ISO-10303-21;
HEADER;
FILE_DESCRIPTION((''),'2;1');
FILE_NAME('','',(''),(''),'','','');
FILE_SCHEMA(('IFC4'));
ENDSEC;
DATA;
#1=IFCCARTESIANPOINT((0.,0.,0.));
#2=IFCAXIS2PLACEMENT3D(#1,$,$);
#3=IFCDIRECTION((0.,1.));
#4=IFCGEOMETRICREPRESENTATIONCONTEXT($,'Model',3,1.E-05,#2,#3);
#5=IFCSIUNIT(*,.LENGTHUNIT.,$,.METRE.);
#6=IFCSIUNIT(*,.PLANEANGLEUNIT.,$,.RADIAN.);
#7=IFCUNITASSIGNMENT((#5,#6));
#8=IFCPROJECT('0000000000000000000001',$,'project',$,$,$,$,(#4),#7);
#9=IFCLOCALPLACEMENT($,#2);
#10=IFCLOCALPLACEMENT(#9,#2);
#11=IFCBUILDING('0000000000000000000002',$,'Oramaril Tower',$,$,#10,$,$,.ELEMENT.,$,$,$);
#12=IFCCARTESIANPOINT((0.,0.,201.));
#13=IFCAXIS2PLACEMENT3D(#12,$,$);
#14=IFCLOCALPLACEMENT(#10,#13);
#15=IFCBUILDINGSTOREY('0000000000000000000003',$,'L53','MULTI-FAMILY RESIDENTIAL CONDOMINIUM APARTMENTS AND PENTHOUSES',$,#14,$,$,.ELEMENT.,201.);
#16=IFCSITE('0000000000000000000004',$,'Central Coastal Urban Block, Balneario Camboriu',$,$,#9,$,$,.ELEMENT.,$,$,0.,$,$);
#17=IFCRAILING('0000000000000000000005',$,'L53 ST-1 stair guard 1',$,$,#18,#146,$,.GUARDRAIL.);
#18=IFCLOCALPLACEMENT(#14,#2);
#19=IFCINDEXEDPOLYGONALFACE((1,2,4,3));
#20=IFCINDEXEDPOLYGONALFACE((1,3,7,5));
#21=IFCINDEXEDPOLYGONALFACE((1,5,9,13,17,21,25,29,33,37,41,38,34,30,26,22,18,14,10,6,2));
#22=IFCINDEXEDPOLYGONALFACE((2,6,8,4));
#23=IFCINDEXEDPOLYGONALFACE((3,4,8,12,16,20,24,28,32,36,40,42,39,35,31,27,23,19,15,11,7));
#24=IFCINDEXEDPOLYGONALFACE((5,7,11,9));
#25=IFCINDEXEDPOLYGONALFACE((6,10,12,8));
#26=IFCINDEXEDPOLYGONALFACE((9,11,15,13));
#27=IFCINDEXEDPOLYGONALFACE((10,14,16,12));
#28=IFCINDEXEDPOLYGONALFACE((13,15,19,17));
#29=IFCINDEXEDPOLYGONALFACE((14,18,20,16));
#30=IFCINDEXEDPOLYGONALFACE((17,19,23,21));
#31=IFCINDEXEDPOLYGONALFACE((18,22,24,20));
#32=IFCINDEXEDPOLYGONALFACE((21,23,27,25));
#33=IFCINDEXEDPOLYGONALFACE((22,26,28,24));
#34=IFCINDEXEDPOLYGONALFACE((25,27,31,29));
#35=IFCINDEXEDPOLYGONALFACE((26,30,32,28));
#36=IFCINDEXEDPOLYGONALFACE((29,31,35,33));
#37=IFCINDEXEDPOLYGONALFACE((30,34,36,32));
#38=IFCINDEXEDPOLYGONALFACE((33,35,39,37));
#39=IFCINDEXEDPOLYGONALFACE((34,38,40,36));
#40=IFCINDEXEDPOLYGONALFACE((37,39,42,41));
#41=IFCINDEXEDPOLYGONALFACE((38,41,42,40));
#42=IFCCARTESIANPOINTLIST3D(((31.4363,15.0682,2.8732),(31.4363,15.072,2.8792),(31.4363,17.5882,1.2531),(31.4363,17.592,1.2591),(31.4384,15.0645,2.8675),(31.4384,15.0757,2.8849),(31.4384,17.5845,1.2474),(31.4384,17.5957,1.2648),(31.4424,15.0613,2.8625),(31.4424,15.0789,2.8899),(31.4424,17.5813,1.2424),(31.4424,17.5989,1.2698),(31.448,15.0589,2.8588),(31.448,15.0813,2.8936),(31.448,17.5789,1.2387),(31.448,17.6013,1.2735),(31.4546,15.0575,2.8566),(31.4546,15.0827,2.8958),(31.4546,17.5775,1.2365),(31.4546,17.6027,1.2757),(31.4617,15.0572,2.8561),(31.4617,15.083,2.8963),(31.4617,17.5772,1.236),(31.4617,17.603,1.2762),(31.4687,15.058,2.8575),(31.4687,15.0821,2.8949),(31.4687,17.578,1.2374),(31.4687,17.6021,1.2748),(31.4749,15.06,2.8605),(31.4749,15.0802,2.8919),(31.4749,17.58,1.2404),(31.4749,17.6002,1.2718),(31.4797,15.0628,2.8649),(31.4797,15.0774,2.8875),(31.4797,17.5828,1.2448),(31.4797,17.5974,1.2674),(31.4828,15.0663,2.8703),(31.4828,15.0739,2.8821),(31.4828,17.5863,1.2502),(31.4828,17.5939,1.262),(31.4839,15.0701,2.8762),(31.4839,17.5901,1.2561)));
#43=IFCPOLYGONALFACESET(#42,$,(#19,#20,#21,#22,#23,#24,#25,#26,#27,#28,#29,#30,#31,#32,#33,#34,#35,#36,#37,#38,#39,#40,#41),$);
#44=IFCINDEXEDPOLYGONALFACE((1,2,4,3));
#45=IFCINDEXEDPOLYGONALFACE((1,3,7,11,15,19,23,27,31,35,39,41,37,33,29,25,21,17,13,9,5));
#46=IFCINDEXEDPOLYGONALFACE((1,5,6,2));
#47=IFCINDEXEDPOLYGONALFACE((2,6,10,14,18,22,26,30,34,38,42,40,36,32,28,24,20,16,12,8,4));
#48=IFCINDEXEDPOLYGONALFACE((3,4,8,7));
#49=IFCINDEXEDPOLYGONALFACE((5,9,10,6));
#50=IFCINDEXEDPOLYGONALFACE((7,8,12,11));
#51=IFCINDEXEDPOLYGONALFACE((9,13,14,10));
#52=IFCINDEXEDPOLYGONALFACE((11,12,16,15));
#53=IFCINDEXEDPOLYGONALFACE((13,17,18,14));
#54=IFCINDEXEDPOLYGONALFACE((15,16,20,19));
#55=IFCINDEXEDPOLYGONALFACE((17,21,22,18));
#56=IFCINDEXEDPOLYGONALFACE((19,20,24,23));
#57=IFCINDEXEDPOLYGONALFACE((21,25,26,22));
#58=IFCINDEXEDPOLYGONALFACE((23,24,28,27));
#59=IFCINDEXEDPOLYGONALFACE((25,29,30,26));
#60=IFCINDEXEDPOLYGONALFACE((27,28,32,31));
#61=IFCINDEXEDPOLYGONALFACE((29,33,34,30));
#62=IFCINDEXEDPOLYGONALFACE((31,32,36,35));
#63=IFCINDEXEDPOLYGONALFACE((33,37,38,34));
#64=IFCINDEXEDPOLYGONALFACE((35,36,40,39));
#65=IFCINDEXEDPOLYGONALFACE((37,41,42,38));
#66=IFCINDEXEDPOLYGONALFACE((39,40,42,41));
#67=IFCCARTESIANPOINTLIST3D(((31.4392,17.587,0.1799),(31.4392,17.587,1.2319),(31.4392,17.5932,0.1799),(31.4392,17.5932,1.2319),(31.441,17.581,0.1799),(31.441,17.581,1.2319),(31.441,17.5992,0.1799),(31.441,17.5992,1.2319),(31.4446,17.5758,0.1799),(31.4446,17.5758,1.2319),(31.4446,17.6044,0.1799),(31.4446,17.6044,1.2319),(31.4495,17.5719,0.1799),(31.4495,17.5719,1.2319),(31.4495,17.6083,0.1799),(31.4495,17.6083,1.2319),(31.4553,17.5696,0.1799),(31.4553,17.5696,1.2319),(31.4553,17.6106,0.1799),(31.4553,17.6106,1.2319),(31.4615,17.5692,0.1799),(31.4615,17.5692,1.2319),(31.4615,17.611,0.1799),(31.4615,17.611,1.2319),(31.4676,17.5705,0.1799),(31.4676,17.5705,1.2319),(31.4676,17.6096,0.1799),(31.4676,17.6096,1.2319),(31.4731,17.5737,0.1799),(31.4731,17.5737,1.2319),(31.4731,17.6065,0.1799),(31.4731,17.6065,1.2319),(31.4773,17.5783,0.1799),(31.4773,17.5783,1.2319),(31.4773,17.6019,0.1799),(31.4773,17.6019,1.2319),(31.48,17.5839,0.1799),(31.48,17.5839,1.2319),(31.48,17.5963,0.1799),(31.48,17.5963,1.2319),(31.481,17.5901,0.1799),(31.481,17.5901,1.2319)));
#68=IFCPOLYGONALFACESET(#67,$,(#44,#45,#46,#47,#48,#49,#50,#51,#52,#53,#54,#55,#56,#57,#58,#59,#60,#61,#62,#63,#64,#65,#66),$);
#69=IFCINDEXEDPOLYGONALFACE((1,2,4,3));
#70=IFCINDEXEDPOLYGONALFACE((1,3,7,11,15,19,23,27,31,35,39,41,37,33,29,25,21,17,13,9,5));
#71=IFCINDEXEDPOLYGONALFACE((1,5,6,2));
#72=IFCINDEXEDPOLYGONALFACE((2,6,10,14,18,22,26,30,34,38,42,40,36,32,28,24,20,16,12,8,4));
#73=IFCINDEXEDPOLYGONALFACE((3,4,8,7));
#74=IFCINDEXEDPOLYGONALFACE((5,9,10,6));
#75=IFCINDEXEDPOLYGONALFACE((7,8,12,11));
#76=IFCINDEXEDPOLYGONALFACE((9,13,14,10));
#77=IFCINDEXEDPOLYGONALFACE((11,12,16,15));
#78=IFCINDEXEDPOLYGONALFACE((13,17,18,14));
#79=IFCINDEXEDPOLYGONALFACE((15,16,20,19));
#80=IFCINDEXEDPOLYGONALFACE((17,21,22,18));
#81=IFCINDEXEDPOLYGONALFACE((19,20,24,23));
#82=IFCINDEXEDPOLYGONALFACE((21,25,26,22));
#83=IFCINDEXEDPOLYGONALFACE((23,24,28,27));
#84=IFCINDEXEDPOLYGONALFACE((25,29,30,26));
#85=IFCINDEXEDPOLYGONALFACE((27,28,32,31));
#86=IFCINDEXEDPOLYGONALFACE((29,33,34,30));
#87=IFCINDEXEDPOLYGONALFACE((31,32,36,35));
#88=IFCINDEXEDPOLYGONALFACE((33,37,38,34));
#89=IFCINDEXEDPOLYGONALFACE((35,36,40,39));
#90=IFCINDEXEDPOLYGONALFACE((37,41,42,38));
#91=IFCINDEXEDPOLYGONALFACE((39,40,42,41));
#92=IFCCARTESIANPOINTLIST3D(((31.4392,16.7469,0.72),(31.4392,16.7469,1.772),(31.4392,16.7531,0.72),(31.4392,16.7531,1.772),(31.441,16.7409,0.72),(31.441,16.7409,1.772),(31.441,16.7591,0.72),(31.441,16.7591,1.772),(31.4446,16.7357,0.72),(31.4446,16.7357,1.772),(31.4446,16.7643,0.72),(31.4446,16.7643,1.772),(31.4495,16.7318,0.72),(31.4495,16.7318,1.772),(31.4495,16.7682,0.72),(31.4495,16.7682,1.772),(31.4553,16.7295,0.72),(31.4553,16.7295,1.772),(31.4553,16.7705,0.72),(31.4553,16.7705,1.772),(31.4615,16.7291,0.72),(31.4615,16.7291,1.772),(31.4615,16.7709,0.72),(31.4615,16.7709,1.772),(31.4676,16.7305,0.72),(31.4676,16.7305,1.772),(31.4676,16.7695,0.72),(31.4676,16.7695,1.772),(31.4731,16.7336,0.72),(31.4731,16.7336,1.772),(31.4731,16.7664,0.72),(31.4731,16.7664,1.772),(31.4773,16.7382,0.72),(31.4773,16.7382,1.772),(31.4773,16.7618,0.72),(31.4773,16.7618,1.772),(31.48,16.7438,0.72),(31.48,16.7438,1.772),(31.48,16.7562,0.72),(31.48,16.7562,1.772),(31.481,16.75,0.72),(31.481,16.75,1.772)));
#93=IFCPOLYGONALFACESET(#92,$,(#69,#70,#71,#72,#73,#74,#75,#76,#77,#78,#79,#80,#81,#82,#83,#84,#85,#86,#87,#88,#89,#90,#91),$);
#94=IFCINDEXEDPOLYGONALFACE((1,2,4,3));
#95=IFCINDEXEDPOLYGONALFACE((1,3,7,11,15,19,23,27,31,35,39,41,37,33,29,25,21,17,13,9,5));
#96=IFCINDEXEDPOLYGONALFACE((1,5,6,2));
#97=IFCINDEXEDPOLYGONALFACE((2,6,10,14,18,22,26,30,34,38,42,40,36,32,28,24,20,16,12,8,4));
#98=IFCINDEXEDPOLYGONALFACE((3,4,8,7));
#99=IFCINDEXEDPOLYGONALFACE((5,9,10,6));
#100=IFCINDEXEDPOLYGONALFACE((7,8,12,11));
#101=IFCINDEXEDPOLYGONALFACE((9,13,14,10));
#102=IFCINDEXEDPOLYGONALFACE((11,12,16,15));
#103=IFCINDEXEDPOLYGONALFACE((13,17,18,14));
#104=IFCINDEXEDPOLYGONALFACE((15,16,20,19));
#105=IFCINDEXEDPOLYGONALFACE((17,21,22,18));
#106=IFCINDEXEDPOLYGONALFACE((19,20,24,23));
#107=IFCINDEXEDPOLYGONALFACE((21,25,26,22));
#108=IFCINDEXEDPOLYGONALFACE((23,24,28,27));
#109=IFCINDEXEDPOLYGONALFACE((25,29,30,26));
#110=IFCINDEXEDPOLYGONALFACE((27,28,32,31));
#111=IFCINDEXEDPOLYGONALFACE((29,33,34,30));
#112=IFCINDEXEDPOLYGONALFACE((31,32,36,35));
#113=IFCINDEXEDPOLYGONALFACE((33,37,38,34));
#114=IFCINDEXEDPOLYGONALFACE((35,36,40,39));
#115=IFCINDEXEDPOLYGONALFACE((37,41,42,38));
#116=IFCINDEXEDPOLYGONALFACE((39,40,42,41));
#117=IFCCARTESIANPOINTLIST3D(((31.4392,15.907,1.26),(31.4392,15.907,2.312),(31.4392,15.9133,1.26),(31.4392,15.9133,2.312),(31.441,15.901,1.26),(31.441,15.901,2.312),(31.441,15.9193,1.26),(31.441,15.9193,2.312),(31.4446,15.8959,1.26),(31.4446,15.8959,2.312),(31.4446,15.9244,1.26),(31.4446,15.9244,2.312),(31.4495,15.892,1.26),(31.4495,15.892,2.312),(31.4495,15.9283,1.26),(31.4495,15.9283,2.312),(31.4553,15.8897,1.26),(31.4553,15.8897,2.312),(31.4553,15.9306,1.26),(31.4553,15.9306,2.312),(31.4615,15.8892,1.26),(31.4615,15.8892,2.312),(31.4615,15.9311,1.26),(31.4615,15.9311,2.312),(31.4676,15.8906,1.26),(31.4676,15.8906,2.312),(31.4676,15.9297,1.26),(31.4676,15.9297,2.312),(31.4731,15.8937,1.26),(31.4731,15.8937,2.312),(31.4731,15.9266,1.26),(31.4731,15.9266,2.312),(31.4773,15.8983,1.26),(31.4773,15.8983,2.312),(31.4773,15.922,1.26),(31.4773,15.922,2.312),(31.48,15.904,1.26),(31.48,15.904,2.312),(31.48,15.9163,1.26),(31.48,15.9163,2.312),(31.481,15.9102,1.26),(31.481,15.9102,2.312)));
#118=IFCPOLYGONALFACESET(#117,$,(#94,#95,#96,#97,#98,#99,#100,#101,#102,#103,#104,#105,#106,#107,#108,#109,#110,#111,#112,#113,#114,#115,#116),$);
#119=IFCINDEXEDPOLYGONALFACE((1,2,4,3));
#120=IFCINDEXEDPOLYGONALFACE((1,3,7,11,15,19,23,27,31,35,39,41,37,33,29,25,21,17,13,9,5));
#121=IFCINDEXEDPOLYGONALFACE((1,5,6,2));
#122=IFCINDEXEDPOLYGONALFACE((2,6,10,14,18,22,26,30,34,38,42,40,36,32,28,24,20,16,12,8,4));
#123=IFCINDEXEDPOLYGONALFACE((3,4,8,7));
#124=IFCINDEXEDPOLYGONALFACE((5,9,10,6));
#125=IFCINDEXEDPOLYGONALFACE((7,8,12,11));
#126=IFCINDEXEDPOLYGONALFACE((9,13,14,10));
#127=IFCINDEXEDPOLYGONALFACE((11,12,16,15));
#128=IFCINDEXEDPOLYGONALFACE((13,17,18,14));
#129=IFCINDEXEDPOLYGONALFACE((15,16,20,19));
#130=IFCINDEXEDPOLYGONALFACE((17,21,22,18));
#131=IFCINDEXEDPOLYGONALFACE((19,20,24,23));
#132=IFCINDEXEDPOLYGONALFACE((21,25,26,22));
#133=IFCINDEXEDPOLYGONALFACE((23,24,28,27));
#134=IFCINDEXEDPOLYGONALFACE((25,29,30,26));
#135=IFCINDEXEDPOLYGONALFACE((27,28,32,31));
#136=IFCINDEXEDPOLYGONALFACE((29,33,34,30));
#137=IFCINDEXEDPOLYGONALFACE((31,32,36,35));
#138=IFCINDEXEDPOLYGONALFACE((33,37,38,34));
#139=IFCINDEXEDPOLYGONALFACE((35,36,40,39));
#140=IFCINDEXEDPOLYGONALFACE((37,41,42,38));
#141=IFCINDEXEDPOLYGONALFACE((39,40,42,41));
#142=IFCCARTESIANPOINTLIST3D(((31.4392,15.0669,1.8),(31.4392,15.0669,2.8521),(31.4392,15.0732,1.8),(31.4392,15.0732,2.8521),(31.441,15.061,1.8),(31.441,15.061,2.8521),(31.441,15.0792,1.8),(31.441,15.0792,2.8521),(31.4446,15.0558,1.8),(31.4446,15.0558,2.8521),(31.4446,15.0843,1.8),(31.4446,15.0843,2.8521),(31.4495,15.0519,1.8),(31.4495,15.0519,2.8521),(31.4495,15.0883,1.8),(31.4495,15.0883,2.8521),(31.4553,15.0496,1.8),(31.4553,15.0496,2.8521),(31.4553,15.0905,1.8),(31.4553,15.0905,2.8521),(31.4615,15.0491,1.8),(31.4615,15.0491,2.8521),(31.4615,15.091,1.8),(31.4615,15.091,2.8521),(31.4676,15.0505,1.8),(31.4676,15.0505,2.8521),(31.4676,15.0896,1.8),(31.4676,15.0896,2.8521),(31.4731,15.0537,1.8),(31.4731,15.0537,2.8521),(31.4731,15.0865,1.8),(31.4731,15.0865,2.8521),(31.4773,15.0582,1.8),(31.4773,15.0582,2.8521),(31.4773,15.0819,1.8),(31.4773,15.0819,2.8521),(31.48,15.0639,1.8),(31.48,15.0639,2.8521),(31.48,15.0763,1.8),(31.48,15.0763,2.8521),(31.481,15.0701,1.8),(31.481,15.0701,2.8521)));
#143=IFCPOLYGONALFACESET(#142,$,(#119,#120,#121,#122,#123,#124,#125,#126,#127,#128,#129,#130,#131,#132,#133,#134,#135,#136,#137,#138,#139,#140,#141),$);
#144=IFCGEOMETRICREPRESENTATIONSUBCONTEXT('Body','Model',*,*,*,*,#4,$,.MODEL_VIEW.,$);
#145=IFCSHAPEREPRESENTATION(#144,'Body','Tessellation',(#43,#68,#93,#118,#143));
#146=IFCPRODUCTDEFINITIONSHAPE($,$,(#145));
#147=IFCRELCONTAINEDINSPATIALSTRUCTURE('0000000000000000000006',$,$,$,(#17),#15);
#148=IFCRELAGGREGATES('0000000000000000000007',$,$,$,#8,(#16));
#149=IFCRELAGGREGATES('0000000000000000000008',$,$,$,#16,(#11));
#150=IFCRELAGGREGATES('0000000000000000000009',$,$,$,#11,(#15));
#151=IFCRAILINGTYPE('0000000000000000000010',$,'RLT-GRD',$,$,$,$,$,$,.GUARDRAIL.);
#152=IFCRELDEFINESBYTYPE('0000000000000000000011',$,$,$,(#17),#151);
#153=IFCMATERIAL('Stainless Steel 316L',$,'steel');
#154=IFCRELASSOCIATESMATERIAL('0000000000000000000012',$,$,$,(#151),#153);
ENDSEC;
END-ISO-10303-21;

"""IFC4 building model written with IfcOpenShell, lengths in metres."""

from ifc_helpers import new_model, si_unit, direction, frame, origin, origin_2d, place, context, subcontext, project, spatial, circle, extrude, material, type_object, element, save


model = new_model("IFC4")

# Units and contexts
model_context = context("Model", 3, precision=1e-05, world=origin(), true_north=direction((0.0, 1.0)))
body_context = subcontext(model_context, "Body", "Model", "MODEL_VIEW")
ifc_project = project(units=[si_unit("LENGTHUNIT", "METRE"), si_unit("PLANEANGLEUNIT", "RADIAN")], contexts=[model_context])

# Site, building, storey
site_placement = place(None, origin())
site = spatial("IfcSite", under=ifc_project, at=site_placement, Name="Central Coastal Urban Block, Balneario Camboriu", CompositionType="ELEMENT", RefElevation=0.0)
building_placement = place(site_placement, origin())
building = spatial("IfcBuilding", under=site, at=building_placement, Name="Oramaril Tower", CompositionType="ELEMENT")
storey_placement = place(building_placement, frame((0.0, 0.0, 201.0)))
storey = spatial("IfcBuildingStorey", under=building, at=storey_placement, Name="L53", Description="MULTI-FAMILY RESIDENTIAL CONDOMINIUM APARTMENTS AND PENTHOUSES", CompositionType="ELEMENT", Elevation=201.0)

# Railing
ifc_material_1 = material(Name="Stainless Steel 316L", Category="steel")
railing_type_1 = type_object("IfcRailingType", Name="RLT-GRD", PredefinedType="GUARDRAIL", material=ifc_material_1)
railing_1_placement = place(storey_placement, frame((31.46, 17.5901, 0.1799)))
element("IfcRailing", 1, at=railing_1_placement, inside=storey, type_object=railing_type_1, Name="L53 ST-1 stair guard 1", PredefinedType="GUARDRAIL", context=body_context, shape_type="SweptSolid", body=[
    extrude(circle(Radius=0.0239, at=origin_2d()), frame((0.0, 0.0, 1.0762), z_axis=(0.0, -0.841163, 0.540782), x_axis=(1.0, 0.0, 0.0)), (0.0, 0.0, 1.0), 2.9958),
    extrude(circle(Radius=0.021, at=origin_2d()), origin(), (0.0, 0.0, 1.0), 1.052),
    extrude(circle(Radius=0.021, at=origin_2d()), frame((0.0, -0.8401, 0.54)), (0.0, 0.0, 1.0), 1.052),
    extrude(circle(Radius=0.021, at=origin_2d()), frame((0.0, -1.6799, 1.0801)), (0.0, 0.0, 1.0), 1.052),
    extrude(circle(Radius=0.021, at=origin_2d()), frame((0.0, -2.52, 1.6201)), (0.0, 0.0, 1.0), 1.052),
])

save(model, "model.ifc")
